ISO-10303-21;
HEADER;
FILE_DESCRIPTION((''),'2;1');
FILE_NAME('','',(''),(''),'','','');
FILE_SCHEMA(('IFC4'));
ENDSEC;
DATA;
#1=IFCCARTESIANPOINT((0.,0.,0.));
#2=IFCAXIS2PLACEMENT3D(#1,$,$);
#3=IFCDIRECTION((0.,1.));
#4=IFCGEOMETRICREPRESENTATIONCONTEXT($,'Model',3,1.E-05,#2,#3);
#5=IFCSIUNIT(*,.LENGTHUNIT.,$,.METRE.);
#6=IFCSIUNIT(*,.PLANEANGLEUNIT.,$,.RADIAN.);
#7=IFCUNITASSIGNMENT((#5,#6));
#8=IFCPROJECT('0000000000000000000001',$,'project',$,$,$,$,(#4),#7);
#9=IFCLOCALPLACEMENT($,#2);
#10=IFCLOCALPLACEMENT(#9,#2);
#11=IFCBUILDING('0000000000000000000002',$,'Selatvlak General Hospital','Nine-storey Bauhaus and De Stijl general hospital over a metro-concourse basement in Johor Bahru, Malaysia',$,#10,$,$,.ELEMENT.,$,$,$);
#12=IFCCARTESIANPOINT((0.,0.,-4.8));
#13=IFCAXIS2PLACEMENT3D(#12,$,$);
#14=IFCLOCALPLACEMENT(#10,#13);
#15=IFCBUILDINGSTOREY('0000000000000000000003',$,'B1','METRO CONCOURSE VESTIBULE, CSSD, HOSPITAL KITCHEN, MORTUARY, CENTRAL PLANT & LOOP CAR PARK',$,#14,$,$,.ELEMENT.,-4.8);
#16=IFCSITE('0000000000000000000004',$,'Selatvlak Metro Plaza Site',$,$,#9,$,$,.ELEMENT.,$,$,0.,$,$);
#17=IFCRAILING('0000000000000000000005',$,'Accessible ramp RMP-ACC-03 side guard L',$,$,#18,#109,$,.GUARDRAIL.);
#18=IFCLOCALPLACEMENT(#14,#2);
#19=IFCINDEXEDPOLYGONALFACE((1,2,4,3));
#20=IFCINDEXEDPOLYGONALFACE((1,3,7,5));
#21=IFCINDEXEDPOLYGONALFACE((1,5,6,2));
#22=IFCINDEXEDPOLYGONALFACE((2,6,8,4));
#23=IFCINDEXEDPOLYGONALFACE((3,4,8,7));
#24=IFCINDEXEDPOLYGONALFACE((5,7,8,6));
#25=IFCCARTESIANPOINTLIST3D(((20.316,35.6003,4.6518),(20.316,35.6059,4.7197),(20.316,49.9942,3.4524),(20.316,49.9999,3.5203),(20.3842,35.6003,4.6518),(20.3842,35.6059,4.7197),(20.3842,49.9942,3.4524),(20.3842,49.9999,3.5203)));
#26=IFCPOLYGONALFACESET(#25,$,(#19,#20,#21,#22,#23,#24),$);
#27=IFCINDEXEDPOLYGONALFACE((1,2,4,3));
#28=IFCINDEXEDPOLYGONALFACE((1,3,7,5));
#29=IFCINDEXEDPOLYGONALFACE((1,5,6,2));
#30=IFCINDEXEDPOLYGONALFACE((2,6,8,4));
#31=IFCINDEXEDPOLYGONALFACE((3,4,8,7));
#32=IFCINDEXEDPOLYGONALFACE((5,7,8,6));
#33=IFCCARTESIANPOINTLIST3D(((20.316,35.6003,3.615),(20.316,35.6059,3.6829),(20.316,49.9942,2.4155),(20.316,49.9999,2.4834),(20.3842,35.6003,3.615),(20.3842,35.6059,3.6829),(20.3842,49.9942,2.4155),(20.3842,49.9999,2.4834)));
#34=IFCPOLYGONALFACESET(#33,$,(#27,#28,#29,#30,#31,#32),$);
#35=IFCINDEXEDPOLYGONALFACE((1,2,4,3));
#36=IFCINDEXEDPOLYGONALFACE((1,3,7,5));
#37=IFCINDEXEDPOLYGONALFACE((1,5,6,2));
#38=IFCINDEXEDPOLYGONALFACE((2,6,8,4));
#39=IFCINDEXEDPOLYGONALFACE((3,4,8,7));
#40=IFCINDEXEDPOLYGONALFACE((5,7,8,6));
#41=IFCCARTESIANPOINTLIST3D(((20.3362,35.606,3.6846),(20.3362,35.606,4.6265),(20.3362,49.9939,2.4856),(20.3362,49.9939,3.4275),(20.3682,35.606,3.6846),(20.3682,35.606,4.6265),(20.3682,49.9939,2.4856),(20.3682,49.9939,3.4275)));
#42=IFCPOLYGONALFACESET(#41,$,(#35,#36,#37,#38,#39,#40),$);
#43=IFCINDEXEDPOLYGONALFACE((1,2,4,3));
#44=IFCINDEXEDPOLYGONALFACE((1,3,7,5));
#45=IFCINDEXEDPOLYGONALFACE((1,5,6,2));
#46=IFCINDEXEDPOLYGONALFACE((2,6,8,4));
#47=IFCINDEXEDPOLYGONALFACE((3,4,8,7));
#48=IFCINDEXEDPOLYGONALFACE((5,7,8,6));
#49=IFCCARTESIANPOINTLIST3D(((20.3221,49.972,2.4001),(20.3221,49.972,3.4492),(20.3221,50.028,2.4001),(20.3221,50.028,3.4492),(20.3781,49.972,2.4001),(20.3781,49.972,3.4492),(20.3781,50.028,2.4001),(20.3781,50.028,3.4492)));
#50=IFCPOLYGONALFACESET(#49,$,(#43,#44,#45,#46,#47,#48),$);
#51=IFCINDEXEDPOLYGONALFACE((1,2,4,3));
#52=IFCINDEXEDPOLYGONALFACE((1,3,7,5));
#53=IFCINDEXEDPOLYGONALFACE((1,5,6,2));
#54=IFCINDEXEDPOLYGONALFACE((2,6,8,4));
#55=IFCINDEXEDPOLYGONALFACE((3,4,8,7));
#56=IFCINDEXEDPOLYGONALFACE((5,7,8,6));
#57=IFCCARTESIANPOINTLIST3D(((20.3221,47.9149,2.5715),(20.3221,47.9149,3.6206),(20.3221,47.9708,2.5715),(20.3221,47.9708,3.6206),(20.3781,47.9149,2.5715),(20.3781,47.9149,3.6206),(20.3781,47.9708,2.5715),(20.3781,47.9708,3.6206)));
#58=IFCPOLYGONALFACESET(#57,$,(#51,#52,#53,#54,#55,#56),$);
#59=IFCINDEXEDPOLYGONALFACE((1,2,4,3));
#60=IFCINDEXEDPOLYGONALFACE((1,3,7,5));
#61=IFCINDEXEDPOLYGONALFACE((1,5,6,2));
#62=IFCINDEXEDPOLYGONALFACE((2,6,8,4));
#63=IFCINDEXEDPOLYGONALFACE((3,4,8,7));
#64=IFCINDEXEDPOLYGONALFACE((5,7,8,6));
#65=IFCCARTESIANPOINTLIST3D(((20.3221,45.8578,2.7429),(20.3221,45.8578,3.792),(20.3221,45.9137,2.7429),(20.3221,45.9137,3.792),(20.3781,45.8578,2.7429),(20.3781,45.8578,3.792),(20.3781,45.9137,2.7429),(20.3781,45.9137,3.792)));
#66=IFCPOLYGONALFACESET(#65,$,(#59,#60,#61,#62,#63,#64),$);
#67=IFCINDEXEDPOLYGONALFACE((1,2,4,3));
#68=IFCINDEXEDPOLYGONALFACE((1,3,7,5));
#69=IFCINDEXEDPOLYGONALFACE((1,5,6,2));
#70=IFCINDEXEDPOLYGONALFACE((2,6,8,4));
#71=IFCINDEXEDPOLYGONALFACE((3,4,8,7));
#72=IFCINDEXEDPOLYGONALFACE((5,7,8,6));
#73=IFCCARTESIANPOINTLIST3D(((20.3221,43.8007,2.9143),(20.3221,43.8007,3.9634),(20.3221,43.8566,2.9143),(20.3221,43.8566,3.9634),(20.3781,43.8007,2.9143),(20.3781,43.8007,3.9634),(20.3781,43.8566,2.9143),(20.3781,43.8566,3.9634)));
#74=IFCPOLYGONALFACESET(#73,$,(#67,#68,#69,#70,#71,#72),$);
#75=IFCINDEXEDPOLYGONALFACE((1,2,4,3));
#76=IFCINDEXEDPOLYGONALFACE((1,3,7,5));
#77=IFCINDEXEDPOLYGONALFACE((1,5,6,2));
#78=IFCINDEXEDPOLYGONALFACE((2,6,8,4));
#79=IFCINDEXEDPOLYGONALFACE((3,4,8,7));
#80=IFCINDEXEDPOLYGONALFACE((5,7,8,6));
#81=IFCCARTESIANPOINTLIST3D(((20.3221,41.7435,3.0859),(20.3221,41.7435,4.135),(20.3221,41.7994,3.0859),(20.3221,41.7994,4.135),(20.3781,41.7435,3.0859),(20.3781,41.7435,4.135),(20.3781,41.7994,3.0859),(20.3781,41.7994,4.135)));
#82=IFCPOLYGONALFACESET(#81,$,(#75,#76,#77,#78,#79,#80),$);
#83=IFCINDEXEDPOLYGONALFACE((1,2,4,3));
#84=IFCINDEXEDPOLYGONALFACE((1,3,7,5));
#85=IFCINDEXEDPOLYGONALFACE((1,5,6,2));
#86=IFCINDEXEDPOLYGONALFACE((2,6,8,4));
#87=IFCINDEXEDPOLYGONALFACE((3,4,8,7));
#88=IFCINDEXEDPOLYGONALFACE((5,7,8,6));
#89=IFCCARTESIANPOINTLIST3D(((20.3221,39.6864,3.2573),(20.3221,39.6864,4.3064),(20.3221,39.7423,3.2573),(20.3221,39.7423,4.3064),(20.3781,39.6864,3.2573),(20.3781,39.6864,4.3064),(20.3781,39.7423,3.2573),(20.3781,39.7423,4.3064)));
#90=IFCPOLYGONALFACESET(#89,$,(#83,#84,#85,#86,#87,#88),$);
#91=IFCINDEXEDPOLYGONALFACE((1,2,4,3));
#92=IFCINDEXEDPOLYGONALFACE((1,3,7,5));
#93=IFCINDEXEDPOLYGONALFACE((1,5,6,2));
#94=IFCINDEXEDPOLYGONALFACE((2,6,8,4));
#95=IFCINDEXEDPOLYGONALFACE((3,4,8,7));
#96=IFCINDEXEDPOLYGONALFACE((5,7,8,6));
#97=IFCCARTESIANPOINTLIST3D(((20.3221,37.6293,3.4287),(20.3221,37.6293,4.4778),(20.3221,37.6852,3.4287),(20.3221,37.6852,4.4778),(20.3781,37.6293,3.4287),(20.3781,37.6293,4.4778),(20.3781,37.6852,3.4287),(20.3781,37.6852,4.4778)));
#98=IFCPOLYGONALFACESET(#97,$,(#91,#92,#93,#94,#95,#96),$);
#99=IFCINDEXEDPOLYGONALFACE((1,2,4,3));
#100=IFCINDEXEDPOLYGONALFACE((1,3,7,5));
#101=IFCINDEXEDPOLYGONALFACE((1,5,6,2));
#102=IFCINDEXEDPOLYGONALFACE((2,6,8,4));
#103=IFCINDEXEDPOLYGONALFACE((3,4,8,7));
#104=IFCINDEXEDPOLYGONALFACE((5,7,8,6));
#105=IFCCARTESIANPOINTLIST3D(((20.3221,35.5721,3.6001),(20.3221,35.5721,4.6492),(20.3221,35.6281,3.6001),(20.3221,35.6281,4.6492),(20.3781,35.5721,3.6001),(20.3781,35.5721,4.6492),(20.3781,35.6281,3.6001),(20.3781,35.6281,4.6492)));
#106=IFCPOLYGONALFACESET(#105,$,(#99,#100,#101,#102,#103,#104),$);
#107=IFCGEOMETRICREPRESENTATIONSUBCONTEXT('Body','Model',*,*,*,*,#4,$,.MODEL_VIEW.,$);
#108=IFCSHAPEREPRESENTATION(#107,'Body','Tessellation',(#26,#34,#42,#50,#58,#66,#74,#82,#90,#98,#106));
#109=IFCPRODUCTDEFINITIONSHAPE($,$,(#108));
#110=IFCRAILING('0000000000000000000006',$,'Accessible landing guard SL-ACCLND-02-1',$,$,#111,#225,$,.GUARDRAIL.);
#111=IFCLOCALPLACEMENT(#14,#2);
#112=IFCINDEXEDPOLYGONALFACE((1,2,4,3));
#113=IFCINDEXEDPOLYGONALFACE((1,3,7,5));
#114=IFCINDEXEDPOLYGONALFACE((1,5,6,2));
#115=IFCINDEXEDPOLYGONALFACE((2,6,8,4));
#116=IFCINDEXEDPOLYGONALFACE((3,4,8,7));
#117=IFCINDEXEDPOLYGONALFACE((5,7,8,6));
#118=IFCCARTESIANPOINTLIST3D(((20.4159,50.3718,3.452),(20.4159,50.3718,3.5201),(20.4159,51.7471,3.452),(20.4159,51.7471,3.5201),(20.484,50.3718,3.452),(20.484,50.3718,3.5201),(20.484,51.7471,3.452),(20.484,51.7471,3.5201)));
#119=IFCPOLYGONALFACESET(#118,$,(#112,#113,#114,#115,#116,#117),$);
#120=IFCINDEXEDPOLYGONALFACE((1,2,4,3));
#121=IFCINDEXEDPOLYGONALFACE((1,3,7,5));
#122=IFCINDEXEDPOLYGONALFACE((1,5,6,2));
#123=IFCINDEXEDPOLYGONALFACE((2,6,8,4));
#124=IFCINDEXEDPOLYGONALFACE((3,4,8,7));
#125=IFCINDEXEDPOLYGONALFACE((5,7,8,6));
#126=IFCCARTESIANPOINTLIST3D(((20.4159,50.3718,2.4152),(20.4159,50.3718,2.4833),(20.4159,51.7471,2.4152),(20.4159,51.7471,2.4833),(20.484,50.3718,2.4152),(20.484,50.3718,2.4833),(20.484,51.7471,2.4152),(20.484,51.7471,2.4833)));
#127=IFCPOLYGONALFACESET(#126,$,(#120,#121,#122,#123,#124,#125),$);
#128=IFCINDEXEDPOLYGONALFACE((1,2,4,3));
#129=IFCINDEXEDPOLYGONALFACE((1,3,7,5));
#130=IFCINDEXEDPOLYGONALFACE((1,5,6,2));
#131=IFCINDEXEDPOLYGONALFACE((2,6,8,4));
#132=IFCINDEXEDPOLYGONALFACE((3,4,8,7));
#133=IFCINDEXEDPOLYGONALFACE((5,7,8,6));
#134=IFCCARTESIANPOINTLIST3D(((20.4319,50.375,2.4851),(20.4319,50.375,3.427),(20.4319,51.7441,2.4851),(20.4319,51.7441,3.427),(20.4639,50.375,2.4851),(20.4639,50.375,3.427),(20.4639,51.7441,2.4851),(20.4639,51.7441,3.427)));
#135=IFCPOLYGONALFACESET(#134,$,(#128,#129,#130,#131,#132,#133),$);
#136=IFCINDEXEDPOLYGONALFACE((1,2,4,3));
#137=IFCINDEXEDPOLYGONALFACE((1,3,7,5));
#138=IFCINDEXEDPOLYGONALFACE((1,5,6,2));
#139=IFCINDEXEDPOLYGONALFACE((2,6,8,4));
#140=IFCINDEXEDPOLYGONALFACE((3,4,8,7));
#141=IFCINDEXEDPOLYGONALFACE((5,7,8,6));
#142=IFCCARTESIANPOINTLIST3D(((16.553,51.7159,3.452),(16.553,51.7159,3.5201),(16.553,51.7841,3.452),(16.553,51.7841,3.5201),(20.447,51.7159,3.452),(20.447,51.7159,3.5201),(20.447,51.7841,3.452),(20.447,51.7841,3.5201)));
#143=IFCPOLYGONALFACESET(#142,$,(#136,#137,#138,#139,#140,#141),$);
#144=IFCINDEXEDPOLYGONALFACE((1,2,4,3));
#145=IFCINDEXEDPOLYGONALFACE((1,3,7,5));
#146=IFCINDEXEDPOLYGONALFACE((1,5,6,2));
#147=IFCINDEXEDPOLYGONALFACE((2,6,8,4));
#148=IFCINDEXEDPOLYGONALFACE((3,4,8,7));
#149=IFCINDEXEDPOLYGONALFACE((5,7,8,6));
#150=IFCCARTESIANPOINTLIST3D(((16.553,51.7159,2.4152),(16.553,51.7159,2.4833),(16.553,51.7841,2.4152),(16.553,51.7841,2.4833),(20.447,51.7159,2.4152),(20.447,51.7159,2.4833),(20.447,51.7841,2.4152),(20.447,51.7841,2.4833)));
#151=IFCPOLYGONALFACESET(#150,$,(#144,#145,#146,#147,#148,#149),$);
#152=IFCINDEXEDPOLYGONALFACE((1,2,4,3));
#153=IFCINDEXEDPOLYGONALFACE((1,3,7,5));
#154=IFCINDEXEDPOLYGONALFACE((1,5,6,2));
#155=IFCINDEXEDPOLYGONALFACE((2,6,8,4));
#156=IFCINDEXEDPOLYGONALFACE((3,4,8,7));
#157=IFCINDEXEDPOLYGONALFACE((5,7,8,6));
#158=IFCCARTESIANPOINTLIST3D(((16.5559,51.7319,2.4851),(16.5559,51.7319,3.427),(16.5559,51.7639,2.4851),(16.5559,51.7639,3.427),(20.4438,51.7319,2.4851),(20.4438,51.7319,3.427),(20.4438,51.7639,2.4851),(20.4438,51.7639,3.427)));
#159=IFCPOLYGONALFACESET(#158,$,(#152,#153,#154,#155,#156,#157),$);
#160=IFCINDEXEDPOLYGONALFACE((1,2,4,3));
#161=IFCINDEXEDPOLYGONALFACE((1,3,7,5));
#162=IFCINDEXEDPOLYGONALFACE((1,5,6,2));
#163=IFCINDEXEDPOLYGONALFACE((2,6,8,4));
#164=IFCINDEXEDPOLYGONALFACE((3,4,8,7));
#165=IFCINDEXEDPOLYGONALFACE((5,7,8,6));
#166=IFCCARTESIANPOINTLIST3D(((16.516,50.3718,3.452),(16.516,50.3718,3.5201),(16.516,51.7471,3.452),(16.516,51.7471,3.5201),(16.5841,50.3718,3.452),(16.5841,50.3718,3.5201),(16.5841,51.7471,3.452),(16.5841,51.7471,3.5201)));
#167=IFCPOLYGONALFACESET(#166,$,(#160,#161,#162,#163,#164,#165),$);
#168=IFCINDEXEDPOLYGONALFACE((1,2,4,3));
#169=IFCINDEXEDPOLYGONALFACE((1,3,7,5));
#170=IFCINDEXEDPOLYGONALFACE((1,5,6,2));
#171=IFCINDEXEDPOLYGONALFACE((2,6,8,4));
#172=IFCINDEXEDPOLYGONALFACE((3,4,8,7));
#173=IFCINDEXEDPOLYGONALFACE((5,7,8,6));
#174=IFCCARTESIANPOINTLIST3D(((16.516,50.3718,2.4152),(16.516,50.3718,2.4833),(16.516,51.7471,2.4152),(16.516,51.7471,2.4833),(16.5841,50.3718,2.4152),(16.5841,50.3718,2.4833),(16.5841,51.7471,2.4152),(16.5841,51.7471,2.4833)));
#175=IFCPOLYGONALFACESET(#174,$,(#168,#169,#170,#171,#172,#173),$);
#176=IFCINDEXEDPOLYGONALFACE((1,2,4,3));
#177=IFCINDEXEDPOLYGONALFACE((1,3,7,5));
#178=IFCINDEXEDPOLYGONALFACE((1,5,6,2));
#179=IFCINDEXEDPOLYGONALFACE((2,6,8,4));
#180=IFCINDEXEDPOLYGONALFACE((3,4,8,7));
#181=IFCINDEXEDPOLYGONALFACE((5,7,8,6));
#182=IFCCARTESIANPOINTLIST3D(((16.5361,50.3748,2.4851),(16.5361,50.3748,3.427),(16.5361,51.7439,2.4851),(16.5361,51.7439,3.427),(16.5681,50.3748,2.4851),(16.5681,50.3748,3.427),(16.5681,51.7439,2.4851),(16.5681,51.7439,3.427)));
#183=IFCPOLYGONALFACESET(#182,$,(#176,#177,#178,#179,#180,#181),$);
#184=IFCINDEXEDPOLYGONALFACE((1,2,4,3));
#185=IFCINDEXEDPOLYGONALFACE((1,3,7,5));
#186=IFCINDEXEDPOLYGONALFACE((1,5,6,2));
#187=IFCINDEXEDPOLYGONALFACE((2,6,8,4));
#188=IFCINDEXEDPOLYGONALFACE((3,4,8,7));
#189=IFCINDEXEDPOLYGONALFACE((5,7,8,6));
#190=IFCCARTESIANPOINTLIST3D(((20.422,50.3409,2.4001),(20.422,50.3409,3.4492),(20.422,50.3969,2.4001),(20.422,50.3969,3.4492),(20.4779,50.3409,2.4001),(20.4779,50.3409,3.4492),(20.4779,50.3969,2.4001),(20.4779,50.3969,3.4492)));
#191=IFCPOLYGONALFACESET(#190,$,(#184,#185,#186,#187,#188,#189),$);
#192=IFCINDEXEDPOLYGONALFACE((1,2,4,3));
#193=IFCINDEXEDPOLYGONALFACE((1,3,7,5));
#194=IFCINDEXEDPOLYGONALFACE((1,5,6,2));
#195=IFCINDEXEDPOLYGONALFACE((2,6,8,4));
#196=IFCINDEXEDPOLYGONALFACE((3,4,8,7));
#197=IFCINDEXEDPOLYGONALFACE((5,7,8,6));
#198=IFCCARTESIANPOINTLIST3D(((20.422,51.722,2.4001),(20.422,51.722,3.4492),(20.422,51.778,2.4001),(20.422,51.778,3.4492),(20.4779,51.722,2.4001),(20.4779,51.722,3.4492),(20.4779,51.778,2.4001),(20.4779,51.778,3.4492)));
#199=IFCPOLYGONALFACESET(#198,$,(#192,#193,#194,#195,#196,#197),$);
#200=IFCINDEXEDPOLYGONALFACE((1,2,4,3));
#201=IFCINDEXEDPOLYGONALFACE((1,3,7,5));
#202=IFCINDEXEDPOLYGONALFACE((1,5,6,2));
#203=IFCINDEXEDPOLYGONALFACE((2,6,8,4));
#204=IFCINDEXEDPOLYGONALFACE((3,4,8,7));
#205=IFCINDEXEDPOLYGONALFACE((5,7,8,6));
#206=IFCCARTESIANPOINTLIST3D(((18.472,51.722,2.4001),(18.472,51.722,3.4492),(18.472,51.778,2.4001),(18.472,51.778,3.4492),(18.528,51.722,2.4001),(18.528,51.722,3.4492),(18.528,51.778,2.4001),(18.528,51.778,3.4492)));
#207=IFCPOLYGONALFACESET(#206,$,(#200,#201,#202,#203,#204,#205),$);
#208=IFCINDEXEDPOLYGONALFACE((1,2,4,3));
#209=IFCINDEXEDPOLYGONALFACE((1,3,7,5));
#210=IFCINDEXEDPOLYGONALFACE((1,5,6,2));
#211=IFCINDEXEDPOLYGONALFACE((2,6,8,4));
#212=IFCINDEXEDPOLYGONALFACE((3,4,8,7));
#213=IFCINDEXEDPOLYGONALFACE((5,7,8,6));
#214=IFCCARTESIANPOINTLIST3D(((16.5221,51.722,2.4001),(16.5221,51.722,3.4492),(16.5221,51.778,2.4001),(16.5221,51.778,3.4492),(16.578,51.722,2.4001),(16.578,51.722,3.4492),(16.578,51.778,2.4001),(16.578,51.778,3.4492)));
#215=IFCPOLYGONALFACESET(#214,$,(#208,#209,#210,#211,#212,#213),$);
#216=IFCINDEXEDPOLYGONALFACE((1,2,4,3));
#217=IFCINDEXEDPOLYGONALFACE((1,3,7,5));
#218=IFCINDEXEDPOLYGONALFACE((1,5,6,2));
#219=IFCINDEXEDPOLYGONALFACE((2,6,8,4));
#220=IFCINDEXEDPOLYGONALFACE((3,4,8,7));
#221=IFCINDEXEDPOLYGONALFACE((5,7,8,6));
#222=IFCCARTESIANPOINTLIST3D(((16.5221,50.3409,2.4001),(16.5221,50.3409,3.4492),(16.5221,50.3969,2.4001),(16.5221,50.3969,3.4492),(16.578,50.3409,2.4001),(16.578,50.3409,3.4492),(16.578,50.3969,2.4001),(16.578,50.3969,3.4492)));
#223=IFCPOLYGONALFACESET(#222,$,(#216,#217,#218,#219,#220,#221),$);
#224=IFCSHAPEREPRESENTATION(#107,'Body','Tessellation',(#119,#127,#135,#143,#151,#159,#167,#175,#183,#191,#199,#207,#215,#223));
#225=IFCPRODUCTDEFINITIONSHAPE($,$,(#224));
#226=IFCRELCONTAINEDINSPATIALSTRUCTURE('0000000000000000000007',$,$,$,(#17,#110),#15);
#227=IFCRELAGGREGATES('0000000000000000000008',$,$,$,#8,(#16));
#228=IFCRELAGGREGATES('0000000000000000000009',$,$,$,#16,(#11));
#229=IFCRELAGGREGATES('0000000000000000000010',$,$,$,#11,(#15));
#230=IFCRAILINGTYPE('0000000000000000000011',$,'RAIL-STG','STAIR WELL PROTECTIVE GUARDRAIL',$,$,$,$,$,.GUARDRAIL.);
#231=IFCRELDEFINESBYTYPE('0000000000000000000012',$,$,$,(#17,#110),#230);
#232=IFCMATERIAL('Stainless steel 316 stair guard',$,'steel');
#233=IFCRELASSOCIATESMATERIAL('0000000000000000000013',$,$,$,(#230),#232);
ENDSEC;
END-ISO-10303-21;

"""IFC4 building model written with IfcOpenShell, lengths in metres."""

from ifc_helpers import new_model, si_unit, direction, frame, origin, origin_2d, place, context, subcontext, project, spatial, polyline, rectangle, outline, extrude, material, type_object, element, save


model = new_model("IFC4")

# Units and contexts
model_context = context("Model", 3, precision=1e-05, world=origin(), true_north=direction((0.0, 1.0)))
body_context = subcontext(model_context, "Body", "Model", "MODEL_VIEW")
ifc_project = project(units=[si_unit("LENGTHUNIT", "METRE"), si_unit("PLANEANGLEUNIT", "RADIAN")], contexts=[model_context])

# Site, building, storey
site_placement = place(None, origin())
site = spatial("IfcSite", under=ifc_project, at=site_placement, Name="Selatvlak Metro Plaza Site", CompositionType="ELEMENT", RefElevation=0.0)
building_placement = place(site_placement, origin())
building = spatial("IfcBuilding", under=site, at=building_placement, Name="Selatvlak General Hospital", Description="Nine-storey Bauhaus and De Stijl general hospital over a metro-concourse basement in Johor Bahru, Malaysia", CompositionType="ELEMENT")
storey_placement = place(building_placement, frame((0.0, 0.0, -4.8)))
storey = spatial("IfcBuildingStorey", under=building, at=storey_placement, Name="B1", Description="METRO CONCOURSE VESTIBULE, CSSD, HOSPITAL KITCHEN, MORTUARY, CENTRAL PLANT & LOOP CAR PARK", CompositionType="ELEMENT", Elevation=-4.8)

# Railings
ifc_material_1 = material(Name="Stainless steel 316 stair guard", Category="steel")
railing_type = type_object("IfcRailingType", Name="RAIL-STG", Description="STAIR WELL PROTECTIVE GUARDRAIL", PredefinedType="GUARDRAIL", material=ifc_material_1)
railing_1_placement = place(storey_placement, frame((20.3501, 50.0, 2.4001)))
element("IfcRailing", 1, at=railing_1_placement, inside=storey, type_object=railing_type, Name="Accessible ramp RMP-ACC-03 side guard L", PredefinedType="GUARDRAIL", context=body_context, shape_type="SweptSolid", body=[
    extrude(rectangle(XDim=0.0681, YDim=0.0681, at=origin_2d()), frame((0.0, -0.0029, 1.0862), z_axis=(0.0, -0.996546, 0.083043), x_axis=(1.0, 0.0, 0.0)), (0.0, 0.0, 1.0), 14.4438),
    extrude(rectangle(XDim=0.0681, YDim=0.0681, at=origin_2d()), frame((0.0, -0.0029, 0.0493), z_axis=(0.0, -0.996546, 0.083043), x_axis=(1.0, 0.0, 0.0)), (0.0, 0.0, 1.0), 14.4438),
    extrude(outline(polyline([(0.0, 0.0), (14.3879, 1.199), (14.3879, 2.1409), (0.0, 0.9419), (0.0, 0.0)])), frame((0.0181, -0.0061, 0.0854), z_axis=(-1.0, 0.0, 0.0), x_axis=(0.0, -1.0, 0.0)), (0.0, 0.0, 1.0), 0.032),
    extrude(rectangle(XDim=0.0559, YDim=0.0559, at=origin_2d()), origin(), (0.0, 0.0, 1.0), 1.0491),
    extrude(rectangle(XDim=0.0559, YDim=0.0559, at=origin_2d()), frame((0.0, -2.0571, 0.1714)), (0.0, 0.0, 1.0), 1.0491),
    extrude(rectangle(XDim=0.0559, YDim=0.0559, at=origin_2d()), frame((0.0, -4.1143, 0.3428)), (0.0, 0.0, 1.0), 1.0491),
    extrude(rectangle(XDim=0.0559, YDim=0.0559, at=origin_2d()), frame((0.0, -6.1714, 0.5142)), (0.0, 0.0, 1.0), 1.0491),
    extrude(rectangle(XDim=0.0559, YDim=0.0559, at=origin_2d()), frame((0.0, -8.2285, 0.6858)), (0.0, 0.0, 1.0), 1.0491),
    extrude(rectangle(XDim=0.0559, YDim=0.0559, at=origin_2d()), frame((0.0, -10.2856, 0.8572)), (0.0, 0.0, 1.0), 1.0491),
    extrude(rectangle(XDim=0.0559, YDim=0.0559, at=origin_2d()), frame((0.0, -12.3428, 1.0286)), (0.0, 0.0, 1.0), 1.0491),
    extrude(rectangle(XDim=0.0559, YDim=0.0559, at=origin_2d()), frame((0.0, -14.3999, 1.2)), (0.0, 0.0, 1.0), 1.0491),
])
railing_2_placement = place(storey_placement, frame((20.45, 50.3689, 2.4001)))
element("IfcRailing", 2, at=railing_2_placement, inside=storey, type_object=railing_type, Name="Accessible landing guard SL-ACCLND-02-1", PredefinedType="GUARDRAIL", context=body_context, shape_type="SweptSolid", body=[
    extrude(rectangle(XDim=0.0681, YDim=0.0681, at=origin_2d()), frame((0.0, 0.0029, 1.0859), z_axis=(0.0, 1.0, 0.0), x_axis=(-1.0, 0.0, 0.0)), (0.0, 0.0, 1.0), 1.3752),
    extrude(rectangle(XDim=0.0681, YDim=0.0681, at=origin_2d()), frame((0.0, 0.0029, 0.0491), z_axis=(0.0, 1.0, 0.0), x_axis=(-1.0, 0.0, 0.0)), (0.0, 0.0, 1.0), 1.3752),
    extrude(outline(polyline([(0.0, 0.0), (1.3691, 0.0), (1.3691, 0.9419), (0.0, 0.9419), (0.0, 0.0)])), frame((-0.0181, 0.0061, 0.085), z_axis=(1.0, 0.0, 0.0), x_axis=(0.0, 1.0, 0.0)), (0.0, 0.0, 1.0), 0.032),
    extrude(rectangle(XDim=0.0681, YDim=0.0681, at=origin_2d()), frame((-0.0029, 1.3811, 1.0859), z_axis=(-1.0, 0.0, 0.0), x_axis=(0.0, -1.0, 0.0)), (0.0, 0.0, 1.0), 3.894),
    extrude(rectangle(XDim=0.0681, YDim=0.0681, at=origin_2d()), frame((-0.0029, 1.3811, 0.0491), z_axis=(-1.0, 0.0, 0.0), x_axis=(0.0, -1.0, 0.0)), (0.0, 0.0, 1.0), 3.894),
    extrude(outline(polyline([(0.0, 0.0), (3.8879, 0.0), (3.8879, 0.9419), (0.0, 0.9419), (0.0, 0.0)])), frame((-0.0061, 1.363, 0.085), z_axis=(0.0, 1.0, 0.0), x_axis=(-1.0, 0.0, 0.0)), (0.0, 0.0, 1.0), 0.032),
    extrude(rectangle(XDim=0.0681, YDim=0.0681, at=origin_2d()), frame((-3.8999, 1.3782, 1.0859), z_axis=(0.0, -1.0, 0.0), x_axis=(1.0, 0.0, 0.0)), (0.0, 0.0, 1.0), 1.3752),
    extrude(rectangle(XDim=0.0681, YDim=0.0681, at=origin_2d()), frame((-3.8999, 1.3782, 0.0491), z_axis=(0.0, -1.0, 0.0), x_axis=(1.0, 0.0, 0.0)), (0.0, 0.0, 1.0), 1.3752),
    extrude(outline(polyline([(0.0, 0.0), (1.3691, 0.0), (1.3691, 0.9419), (0.0, 0.9419), (0.0, 0.0)])), frame((-3.8818, 1.375, 0.085), z_axis=(-1.0, 0.0, 0.0), x_axis=(0.0, -1.0, 0.0)), (0.0, 0.0, 1.0), 0.032),
    extrude(rectangle(XDim=0.0559, YDim=0.0559, at=origin_2d()), origin(), (0.0, 0.0, 1.0), 1.0491),
    extrude(rectangle(XDim=0.0559, YDim=0.0559, at=origin_2d()), frame((0.0, 1.3811, 0.0)), (0.0, 0.0, 1.0), 1.0491),
    extrude(rectangle(XDim=0.0559, YDim=0.0559, at=origin_2d()), frame((-1.95, 1.3811, 0.0)), (0.0, 0.0, 1.0), 1.0491),
    extrude(rectangle(XDim=0.0559, YDim=0.0559, at=origin_2d()), frame((-3.8999, 1.3811, 0.0)), (0.0, 0.0, 1.0), 1.0491),
    extrude(rectangle(XDim=0.0559, YDim=0.0559, at=origin_2d()), frame((-3.8999, 0.0, 0.0)), (0.0, 0.0, 1.0), 1.0491),
])

save(model, "model.ifc")
